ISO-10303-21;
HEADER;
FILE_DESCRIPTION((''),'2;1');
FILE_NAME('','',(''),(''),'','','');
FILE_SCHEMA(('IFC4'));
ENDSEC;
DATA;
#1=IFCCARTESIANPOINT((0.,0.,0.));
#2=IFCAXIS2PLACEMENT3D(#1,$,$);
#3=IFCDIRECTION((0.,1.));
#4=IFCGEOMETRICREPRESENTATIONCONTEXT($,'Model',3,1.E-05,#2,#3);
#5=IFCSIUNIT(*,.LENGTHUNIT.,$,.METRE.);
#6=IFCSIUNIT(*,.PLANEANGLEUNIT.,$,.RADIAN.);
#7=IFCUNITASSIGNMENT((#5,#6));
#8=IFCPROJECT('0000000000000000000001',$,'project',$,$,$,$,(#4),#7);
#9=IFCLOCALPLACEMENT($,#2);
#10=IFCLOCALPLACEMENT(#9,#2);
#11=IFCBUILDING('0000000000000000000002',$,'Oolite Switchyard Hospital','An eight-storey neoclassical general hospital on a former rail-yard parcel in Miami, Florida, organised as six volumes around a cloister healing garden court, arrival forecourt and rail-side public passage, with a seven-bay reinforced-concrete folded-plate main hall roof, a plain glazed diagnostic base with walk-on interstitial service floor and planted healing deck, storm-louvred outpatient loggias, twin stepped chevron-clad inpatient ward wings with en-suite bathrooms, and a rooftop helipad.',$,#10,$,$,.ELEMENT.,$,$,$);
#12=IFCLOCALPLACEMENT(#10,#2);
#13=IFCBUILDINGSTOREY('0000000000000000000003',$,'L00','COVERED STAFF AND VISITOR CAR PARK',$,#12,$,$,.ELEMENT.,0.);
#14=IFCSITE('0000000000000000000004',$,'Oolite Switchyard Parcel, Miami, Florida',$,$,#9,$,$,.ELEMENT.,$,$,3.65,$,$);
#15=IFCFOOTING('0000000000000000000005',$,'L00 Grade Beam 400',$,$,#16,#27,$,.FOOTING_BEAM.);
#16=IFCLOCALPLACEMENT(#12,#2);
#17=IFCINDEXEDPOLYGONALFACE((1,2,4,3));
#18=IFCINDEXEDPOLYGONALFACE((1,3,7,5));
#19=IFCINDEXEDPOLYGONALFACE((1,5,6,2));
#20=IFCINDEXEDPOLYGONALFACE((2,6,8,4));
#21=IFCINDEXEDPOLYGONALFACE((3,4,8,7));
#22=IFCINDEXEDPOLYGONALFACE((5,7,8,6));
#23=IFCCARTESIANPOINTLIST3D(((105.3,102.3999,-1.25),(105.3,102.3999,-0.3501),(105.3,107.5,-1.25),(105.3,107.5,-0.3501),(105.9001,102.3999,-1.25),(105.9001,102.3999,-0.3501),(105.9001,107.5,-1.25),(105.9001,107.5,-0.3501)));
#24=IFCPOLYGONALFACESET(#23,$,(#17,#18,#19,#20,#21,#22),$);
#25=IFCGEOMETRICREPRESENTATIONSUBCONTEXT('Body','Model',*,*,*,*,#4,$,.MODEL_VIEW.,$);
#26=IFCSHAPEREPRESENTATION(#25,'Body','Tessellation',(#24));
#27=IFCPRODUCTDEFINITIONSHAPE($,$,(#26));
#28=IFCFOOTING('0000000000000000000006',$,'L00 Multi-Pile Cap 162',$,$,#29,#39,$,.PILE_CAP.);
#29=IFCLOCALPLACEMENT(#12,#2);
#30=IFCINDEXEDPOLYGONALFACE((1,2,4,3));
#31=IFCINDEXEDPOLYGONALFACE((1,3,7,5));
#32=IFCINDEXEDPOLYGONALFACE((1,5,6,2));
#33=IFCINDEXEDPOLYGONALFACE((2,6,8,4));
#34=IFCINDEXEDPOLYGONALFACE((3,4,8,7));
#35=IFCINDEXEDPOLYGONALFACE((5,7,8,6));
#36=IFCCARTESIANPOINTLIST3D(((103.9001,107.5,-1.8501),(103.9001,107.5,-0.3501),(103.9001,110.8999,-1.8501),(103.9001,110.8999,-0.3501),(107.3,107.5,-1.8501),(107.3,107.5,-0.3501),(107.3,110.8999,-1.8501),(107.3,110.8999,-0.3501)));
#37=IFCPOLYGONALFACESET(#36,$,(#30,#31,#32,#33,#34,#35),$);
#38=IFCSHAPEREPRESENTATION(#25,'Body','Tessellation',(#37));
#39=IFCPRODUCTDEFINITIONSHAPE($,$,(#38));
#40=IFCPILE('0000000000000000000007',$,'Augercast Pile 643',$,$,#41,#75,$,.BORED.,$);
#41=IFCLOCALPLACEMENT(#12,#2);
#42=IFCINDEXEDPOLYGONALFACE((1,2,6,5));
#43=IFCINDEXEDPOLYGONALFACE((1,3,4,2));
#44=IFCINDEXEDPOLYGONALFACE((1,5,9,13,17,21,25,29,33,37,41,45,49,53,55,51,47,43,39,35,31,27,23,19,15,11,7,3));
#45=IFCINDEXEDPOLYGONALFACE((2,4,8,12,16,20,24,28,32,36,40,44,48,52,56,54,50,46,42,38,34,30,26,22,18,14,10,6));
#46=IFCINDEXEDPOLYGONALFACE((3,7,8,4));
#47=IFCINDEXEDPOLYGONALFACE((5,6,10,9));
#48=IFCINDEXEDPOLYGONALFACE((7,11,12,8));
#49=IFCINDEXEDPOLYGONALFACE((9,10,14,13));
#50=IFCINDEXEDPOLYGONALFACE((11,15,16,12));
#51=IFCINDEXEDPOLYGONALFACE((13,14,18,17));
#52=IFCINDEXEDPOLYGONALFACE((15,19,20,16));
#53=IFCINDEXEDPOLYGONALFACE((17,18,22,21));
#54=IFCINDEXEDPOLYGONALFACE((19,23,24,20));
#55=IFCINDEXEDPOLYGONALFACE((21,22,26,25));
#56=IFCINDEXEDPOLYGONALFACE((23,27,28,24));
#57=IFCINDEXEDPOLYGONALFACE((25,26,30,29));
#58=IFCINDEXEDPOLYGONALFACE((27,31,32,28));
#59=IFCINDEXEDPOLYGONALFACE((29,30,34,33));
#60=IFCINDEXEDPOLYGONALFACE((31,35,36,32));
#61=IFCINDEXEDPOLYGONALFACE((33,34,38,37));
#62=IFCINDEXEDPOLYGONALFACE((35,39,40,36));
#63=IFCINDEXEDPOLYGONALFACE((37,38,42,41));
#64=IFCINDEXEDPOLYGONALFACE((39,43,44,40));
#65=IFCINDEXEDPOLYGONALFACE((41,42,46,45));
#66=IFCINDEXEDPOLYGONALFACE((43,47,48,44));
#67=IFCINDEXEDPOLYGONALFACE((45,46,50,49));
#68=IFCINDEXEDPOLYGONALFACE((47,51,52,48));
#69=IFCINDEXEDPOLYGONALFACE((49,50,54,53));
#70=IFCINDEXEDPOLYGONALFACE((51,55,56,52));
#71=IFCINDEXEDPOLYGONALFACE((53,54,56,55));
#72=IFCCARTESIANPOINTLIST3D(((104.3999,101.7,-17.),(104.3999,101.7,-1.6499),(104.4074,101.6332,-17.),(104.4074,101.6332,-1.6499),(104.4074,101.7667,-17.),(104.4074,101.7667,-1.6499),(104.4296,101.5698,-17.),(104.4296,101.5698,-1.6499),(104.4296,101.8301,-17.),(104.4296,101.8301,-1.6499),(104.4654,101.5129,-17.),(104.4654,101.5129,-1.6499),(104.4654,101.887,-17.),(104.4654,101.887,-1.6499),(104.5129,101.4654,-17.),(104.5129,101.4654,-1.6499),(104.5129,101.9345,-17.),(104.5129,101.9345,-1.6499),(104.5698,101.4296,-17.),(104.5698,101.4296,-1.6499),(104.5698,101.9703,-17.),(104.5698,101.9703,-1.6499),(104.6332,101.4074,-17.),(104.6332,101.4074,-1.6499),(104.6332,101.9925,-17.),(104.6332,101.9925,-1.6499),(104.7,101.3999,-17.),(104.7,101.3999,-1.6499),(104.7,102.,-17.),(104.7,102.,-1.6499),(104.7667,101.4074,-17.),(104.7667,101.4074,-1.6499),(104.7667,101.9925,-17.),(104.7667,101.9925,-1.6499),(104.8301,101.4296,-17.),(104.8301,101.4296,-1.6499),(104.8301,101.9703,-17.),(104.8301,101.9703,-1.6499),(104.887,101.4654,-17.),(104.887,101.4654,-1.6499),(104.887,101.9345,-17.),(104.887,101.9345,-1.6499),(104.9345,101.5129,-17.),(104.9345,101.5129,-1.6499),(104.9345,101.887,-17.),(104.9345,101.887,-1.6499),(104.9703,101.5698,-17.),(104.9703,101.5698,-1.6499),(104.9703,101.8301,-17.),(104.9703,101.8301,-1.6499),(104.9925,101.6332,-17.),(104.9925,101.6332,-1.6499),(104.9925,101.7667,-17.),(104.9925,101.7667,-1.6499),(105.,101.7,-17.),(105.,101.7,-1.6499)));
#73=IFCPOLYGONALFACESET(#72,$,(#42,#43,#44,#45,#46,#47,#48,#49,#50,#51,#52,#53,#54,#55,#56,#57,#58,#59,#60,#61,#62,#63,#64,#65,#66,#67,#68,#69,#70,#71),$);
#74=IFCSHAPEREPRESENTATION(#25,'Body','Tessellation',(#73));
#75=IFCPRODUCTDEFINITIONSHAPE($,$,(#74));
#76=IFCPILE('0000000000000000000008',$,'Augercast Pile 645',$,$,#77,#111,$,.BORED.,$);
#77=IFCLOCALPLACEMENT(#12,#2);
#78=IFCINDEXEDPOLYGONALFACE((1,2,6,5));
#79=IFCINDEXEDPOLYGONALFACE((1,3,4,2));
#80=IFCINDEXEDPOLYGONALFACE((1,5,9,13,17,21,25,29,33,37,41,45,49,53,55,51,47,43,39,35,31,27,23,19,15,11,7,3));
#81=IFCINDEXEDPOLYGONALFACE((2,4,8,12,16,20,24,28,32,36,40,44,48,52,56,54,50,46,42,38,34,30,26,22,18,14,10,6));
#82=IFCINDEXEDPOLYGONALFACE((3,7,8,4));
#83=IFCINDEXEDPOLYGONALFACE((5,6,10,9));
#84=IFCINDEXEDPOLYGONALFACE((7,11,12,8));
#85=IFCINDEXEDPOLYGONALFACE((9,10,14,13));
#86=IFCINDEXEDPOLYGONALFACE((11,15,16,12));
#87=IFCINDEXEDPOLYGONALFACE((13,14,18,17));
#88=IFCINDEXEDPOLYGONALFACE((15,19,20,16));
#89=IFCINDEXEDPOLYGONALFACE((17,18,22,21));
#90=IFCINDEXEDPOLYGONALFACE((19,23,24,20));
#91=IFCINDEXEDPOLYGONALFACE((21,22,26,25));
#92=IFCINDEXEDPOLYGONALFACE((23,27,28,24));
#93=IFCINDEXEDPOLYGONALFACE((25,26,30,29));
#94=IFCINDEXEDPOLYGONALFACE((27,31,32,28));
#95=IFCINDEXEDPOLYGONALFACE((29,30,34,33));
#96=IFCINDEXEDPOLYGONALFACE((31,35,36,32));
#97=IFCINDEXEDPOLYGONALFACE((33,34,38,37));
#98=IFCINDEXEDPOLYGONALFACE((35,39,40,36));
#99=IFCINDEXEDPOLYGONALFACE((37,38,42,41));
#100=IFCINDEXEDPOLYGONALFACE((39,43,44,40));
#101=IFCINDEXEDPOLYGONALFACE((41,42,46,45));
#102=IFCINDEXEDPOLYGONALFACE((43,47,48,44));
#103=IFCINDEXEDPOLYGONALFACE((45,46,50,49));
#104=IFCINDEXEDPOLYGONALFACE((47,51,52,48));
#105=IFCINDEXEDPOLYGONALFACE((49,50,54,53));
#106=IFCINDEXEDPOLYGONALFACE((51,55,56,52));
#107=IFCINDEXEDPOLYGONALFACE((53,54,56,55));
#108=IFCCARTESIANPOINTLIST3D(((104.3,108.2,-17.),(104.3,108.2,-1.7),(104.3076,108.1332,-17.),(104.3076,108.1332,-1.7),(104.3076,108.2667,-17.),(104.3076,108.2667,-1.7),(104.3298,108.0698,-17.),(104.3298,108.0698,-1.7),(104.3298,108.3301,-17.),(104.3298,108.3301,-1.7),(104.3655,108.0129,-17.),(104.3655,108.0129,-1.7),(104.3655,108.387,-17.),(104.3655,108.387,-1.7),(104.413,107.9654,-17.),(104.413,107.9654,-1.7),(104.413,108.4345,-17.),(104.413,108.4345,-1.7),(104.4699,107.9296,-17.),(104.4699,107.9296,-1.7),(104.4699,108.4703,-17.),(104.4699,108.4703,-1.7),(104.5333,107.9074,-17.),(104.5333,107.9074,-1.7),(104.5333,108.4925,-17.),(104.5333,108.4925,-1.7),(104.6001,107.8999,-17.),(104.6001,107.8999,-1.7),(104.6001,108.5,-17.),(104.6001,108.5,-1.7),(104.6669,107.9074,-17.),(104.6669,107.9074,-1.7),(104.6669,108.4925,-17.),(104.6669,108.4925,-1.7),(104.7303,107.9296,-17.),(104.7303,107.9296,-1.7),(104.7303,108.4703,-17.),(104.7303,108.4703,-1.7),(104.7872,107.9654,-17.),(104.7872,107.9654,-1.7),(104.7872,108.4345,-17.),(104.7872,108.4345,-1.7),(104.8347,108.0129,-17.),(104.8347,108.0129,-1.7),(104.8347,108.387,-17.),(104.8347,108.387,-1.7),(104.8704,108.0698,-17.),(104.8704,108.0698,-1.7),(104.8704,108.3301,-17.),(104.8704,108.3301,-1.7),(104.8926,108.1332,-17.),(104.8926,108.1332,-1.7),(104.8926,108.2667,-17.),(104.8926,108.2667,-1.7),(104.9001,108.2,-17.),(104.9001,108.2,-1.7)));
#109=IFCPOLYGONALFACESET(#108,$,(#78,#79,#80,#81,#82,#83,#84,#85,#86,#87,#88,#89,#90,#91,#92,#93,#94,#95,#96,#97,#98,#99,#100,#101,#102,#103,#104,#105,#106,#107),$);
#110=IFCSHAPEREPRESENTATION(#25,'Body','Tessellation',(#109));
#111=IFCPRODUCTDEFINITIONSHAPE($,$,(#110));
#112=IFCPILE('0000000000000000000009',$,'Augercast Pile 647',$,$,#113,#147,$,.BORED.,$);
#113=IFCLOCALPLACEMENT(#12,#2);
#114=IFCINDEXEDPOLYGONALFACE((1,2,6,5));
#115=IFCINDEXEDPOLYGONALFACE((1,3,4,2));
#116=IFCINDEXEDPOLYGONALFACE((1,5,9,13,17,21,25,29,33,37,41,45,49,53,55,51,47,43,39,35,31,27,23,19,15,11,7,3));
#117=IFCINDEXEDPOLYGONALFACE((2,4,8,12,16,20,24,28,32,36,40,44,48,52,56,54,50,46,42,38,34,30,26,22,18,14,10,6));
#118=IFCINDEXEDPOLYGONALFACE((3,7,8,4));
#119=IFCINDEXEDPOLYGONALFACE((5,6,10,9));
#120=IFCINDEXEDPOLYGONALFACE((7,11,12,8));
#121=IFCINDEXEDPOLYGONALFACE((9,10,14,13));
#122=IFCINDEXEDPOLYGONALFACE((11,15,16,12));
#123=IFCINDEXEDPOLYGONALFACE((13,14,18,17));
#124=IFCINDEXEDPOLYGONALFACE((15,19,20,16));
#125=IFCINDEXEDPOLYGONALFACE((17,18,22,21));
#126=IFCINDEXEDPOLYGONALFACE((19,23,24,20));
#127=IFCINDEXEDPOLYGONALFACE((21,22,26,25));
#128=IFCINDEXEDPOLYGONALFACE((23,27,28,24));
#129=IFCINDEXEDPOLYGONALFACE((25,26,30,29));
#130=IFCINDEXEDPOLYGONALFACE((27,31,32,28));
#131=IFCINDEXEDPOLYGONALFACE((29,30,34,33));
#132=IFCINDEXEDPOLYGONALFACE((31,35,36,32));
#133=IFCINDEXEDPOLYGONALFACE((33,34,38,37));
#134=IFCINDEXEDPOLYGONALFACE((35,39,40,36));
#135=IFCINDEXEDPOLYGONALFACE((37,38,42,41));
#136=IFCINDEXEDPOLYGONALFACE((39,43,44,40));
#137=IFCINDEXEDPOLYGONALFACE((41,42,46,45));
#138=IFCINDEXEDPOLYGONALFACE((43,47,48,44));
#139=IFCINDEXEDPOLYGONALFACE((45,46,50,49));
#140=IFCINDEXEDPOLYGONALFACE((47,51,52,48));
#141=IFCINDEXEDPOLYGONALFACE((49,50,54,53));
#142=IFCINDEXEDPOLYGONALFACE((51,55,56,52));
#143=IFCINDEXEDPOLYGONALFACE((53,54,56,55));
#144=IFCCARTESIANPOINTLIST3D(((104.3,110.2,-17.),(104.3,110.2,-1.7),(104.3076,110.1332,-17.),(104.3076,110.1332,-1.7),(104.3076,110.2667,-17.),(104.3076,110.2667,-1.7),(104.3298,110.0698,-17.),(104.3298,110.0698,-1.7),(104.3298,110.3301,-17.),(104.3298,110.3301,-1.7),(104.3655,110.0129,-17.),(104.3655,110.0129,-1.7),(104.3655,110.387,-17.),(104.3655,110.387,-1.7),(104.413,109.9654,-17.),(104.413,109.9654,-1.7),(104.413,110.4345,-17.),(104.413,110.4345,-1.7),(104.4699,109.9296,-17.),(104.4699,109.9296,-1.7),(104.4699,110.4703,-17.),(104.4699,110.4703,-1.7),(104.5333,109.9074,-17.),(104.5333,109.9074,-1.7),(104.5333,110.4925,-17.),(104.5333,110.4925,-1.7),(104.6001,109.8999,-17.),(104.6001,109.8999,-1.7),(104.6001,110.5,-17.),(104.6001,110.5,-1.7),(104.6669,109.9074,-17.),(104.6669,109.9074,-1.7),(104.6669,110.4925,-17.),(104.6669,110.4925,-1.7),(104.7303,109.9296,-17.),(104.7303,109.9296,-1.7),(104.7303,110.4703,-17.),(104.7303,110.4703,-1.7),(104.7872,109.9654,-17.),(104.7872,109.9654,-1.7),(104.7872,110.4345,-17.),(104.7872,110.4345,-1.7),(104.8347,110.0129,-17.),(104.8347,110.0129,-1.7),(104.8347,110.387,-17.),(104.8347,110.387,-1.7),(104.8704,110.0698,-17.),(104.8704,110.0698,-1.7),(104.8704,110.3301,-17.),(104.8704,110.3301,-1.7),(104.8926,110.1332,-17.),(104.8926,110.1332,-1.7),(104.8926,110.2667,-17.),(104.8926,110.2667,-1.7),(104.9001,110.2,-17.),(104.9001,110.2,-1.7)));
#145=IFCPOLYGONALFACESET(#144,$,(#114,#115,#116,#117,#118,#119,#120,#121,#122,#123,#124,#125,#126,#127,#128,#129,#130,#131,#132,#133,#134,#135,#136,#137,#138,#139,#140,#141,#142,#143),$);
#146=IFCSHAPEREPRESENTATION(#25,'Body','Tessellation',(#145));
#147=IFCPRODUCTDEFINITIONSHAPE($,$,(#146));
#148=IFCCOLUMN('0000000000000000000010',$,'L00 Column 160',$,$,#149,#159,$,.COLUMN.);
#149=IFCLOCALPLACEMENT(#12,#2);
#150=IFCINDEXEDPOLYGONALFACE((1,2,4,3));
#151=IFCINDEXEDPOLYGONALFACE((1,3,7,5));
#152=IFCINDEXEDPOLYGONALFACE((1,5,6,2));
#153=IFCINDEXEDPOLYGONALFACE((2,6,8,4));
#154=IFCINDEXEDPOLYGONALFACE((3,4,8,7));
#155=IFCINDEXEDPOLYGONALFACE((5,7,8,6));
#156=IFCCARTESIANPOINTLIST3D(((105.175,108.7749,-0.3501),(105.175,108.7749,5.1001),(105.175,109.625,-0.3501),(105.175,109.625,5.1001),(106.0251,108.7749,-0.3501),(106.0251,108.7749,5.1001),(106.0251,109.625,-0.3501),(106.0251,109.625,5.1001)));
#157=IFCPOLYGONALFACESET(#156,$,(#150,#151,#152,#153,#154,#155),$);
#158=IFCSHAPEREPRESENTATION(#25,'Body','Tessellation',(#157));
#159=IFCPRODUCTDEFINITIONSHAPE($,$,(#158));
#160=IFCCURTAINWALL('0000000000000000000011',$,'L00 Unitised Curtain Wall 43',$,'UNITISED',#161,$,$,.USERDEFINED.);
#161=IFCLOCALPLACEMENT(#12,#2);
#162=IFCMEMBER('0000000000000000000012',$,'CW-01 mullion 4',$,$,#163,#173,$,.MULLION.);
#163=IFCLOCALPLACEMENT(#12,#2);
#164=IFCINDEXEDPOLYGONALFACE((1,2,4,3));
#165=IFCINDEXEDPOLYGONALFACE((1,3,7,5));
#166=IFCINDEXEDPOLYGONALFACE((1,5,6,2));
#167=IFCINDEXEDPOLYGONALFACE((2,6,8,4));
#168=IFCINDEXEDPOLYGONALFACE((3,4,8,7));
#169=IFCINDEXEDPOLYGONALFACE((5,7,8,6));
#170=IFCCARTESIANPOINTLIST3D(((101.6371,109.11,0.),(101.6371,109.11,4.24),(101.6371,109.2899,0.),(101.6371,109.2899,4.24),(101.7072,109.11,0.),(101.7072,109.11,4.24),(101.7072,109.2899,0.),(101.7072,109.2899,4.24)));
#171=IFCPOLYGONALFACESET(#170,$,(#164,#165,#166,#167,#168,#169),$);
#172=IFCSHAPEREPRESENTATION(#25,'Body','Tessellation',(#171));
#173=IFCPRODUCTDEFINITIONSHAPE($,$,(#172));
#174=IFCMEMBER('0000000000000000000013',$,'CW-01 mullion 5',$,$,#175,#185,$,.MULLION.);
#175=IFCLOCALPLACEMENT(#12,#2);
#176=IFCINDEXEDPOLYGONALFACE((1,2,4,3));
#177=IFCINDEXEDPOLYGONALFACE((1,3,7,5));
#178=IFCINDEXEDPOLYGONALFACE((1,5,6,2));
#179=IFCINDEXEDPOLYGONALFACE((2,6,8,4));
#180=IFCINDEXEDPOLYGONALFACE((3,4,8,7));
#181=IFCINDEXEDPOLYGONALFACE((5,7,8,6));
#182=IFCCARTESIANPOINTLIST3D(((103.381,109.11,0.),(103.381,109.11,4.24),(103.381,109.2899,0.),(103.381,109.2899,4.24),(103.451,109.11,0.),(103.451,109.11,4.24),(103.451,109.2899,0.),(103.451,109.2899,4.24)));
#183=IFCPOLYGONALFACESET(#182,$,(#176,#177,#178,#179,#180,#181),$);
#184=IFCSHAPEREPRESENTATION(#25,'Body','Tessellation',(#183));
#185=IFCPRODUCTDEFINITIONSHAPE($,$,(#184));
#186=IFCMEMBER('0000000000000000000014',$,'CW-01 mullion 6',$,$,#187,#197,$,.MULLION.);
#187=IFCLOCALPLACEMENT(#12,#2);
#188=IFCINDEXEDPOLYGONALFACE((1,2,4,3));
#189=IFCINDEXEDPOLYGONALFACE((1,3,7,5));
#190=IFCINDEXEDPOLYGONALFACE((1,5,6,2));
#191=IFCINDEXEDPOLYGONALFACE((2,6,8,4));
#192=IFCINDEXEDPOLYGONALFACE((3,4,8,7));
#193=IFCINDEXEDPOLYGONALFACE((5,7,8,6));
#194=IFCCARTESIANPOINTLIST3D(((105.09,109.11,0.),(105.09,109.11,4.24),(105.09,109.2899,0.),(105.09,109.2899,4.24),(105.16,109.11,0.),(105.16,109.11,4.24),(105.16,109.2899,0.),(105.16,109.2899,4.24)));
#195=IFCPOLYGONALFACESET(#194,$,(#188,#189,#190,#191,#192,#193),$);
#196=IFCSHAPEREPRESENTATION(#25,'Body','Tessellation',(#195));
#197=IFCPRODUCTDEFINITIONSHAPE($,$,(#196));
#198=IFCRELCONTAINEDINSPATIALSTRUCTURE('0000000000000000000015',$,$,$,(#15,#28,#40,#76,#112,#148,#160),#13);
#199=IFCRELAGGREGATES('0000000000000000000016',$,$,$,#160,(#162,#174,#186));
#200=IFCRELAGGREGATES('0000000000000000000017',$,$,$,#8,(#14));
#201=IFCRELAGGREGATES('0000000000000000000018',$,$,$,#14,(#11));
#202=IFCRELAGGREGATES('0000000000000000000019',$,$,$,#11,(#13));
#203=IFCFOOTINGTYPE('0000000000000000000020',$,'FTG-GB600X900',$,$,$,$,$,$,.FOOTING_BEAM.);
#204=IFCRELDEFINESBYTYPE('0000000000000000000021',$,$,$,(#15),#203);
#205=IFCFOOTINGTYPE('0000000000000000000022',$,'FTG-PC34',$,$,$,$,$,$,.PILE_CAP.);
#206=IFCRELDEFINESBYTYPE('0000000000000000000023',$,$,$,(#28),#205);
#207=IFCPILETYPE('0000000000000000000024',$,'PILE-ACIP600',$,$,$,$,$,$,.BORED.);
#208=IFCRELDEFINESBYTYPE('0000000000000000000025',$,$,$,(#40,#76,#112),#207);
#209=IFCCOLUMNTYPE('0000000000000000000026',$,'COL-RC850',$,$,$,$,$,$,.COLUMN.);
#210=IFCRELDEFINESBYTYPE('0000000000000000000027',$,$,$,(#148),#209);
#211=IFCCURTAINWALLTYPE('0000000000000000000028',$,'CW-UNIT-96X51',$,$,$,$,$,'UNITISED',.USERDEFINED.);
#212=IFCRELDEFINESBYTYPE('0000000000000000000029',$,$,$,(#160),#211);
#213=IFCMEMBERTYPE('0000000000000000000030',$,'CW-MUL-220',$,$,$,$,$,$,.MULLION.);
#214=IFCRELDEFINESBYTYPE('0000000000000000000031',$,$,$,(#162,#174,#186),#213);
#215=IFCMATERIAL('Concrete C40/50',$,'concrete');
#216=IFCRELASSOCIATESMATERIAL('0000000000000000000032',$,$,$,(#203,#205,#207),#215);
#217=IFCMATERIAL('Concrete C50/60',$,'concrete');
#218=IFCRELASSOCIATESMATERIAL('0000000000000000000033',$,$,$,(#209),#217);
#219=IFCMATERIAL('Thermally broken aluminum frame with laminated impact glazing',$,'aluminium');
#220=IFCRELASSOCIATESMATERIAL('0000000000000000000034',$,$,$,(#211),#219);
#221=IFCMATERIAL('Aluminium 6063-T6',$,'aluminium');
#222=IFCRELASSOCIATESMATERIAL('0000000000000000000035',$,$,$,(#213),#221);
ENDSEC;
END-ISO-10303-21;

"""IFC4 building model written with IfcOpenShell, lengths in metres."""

from ifc_helpers import new_model, si_unit, direction, frame, origin, origin_2d, place, context, subcontext, project, spatial, rectangle, circle, extrude, material, material_profile, profile_set, type_object, element, aggregate, save


model = new_model("IFC4")

# Units and contexts
model_context = context("Model", 3, precision=1e-05, world=origin(), true_north=direction((0.0, 1.0)))
body_context = subcontext(model_context, "Body", "Model", "MODEL_VIEW")
ifc_project = project(units=[si_unit("LENGTHUNIT", "METRE"), si_unit("PLANEANGLEUNIT", "RADIAN")], contexts=[model_context])

# Site, building, storey
site_placement = place(None, origin())
site = spatial("IfcSite", under=ifc_project, at=site_placement, Name="Oolite Switchyard Parcel, Miami, Florida", CompositionType="ELEMENT", RefElevation=3.65)
building_placement = place(site_placement, origin())
building = spatial("IfcBuilding", under=site, at=building_placement, Name="Oolite Switchyard Hospital", Description="An eight-storey neoclassical general hospital on a former rail-yard parcel in Miami, Florida, organised as six volumes around a cloister healing garden court, arrival forecourt and rail-side public passage, with a seven-bay reinforced-concrete folded-plate main hall roof, a plain glazed diagnostic base with walk-on interstitial service floor and planted healing deck, storm-louvred outpatient loggias, twin stepped chevron-clad inpatient ward wings with en-suite bathrooms, and a rooftop helipad.", CompositionType="ELEMENT")
storey_placement = place(building_placement, origin())
storey = spatial("IfcBuildingStorey", under=building, at=storey_placement, Name="L00", Description="COVERED STAFF AND VISITOR CAR PARK", CompositionType="ELEMENT", Elevation=0.0)

# Footings
ifc_material_1 = material(Name="Concrete C40/50", Category="concrete")
footing_type_1 = type_object("IfcFootingType", Name="FTG-GB600X900", PredefinedType="FOOTING_BEAM", material=ifc_material_1)
footing_1_placement = place(storey_placement, frame((105.6001, 104.95, -1.25), z_axis=(0.0, 0.0, 1.0), x_axis=(0.0, 1.0, 0.0)))
element("IfcFooting", 1, at=footing_1_placement, inside=storey, type_object=footing_type_1, Name="L00 Grade Beam 400", PredefinedType="FOOTING_BEAM", context=body_context, shape_type="SweptSolid", body=[
    extrude(rectangle(XDim=5.1001, YDim=0.6001, at=origin_2d()), origin(), (0.0, 0.0, 1.0), 0.8999),
])
footing_type_2 = type_object("IfcFootingType", Name="FTG-PC34", PredefinedType="PILE_CAP", material=ifc_material_1)
footing_2_placement = place(storey_placement, frame((105.6001, 109.2, -1.8501), z_axis=(0.0, 0.0, 1.0), x_axis=(1.0, 0.0, 0.0)))
element("IfcFooting", 2, at=footing_2_placement, inside=storey, type_object=footing_type_2, Name="L00 Multi-Pile Cap 162", PredefinedType="PILE_CAP", context=body_context, shape_type="SweptSolid", body=[
    extrude(rectangle(XDim=3.3999, YDim=3.3999, at=origin_2d()), origin(), (0.0, 0.0, 1.0), 1.5),
])

# Piles
ifc_material_profile_1 = material_profile(ifc_material_1, circle(Radius=0.3, at=origin_2d()), Name="PILE600")
ifc_profile_set_1 = profile_set([ifc_material_profile_1], Name="Concrete C40/50")
pile_type = type_object("IfcPileType", Name="PILE-ACIP600", PredefinedType="BORED", material=ifc_profile_set_1)
pile_placement = place(storey_placement, frame((104.7, 101.7, -1.6499), z_axis=(0.0, 0.0, -1.0), x_axis=(1.0, 0.0, 0.0)))
element("IfcPile", 3, at=pile_placement, inside=storey, type_object=pile_type, Name="Augercast Pile 643", PredefinedType="BORED", context=body_context, shape_type="SweptSolid", body=[
    extrude(circle(Radius=0.3, at=origin_2d()), origin(), (0.0, 0.0, 1.0), 15.3501),
])
for number, where, z_axis, x_axis, name in (
    (4, (104.6001, 108.2, -1.7), (0.0, 0.0, -1.0), (1.0, 0.0, 0.0), "Augercast Pile 645"),
    (5, (104.6001, 110.2, -1.7), (0.0, 0.0, -1.0), (1.0, 0.0, 0.0), "Augercast Pile 647"),
):
    element("IfcPile", number, at=place(storey_placement, frame(where, z_axis=z_axis, x_axis=x_axis)), inside=storey, type_object=pile_type, Name=name, PredefinedType="BORED", context=body_context, shape_type="SweptSolid", body=[
        extrude(circle(Radius=0.3, at=origin_2d()), origin(), (0.0, 0.0, 1.0), 15.3),
    ])

# Column
ifc_material_2 = material(Name="Concrete C50/60", Category="concrete")
ifc_material_profile_2 = material_profile(ifc_material_2, rectangle(XDim=0.8501, YDim=0.8501, at=origin_2d()), Name="RC850X850")
ifc_profile_set_2 = profile_set([ifc_material_profile_2], Name="Concrete C50/60")
column_type = type_object("IfcColumnType", Name="COL-RC850", PredefinedType="COLUMN", material=ifc_profile_set_2)
column_placement = place(storey_placement, frame((105.6001, 109.2, -0.3501), z_axis=(0.0, 0.0, 1.0), x_axis=(1.0, 0.0, 0.0)))
element("IfcColumn", 6, at=column_placement, inside=storey, type_object=column_type, Name="L00 Column 160", PredefinedType="COLUMN", context=body_context, shape_type="SweptSolid", body=[
    extrude(rectangle(XDim=0.8501, YDim=0.8501, at=origin_2d()), origin(), (0.0, 0.0, 1.0), 5.4502),
])

# Curtain wall, members
ifc_material_3 = material(Name="Thermally broken aluminum frame with laminated impact glazing", Category="aluminium")
curtain_wall_type = type_object("IfcCurtainWallType", Name="CW-UNIT-96X51", ElementType="UNITISED", PredefinedType="USERDEFINED", material=ifc_material_3)
curtain_wall_placement = place(storey_placement, origin())
curtain_wall = element("IfcCurtainWall", 7, at=curtain_wall_placement, inside=storey, type_object=curtain_wall_type, Name="L00 Unitised Curtain Wall 43", ObjectType="UNITISED", PredefinedType="USERDEFINED")
ifc_material_4 = material(Name="Aluminium 6063-T6", Category="aluminium")
ifc_material_profile_3 = material_profile(ifc_material_4, rectangle(XDim=0.1799, YDim=0.0701, at=origin_2d()), Name="CWM70X180")
ifc_profile_set_3 = profile_set([ifc_material_profile_3], Name="Aluminium 6063-T6")
member_type_1 = type_object("IfcMemberType", Name="CW-MUL-220", PredefinedType="MULLION", material=ifc_profile_set_3)
member_1_placement = place(storey_placement, frame((101.6721, 109.2, 0.0), z_axis=(0.0, 0.0, 1.0), x_axis=(0.0, 1.0, 0.0)))
member_1 = element("IfcMember", 8, at=member_1_placement, type_object=member_type_1, Name="CW-01 mullion 4", PredefinedType="MULLION", context=body_context, shape_type="SweptSolid", body=[
    extrude(rectangle(XDim=0.1799, YDim=0.0701, at=origin_2d()), origin(), (0.0, 0.0, 1.0), 4.24),
])
member_2_placement = place(storey_placement, frame((103.416, 109.2, 0.0), z_axis=(0.0, 0.0, 1.0), x_axis=(0.0, 1.0, 0.0)))
member_2 = element("IfcMember", 9, at=member_2_placement, type_object=member_type_1, Name="CW-01 mullion 5", PredefinedType="MULLION", context=body_context, shape_type="SweptSolid", body=[
    extrude(rectangle(XDim=0.1799, YDim=0.0701, at=origin_2d()), origin(), (0.0, 0.0, 1.0), 4.24),
])
member_3_placement = place(storey_placement, frame((105.125, 109.2, 0.0), z_axis=(0.0, 0.0, 1.0), x_axis=(0.0, 1.0, 0.0)))
member_3 = element("IfcMember", 10, at=member_3_placement, type_object=member_type_1, Name="CW-01 mullion 6", PredefinedType="MULLION", context=body_context, shape_type="SweptSolid", body=[
    extrude(rectangle(XDim=0.1799, YDim=0.0701, at=origin_2d()), origin(), (0.0, 0.0, 1.0), 4.24),
])
aggregate(curtain_wall, [member_1, member_2, member_3])

save(model, "model.ifc")
